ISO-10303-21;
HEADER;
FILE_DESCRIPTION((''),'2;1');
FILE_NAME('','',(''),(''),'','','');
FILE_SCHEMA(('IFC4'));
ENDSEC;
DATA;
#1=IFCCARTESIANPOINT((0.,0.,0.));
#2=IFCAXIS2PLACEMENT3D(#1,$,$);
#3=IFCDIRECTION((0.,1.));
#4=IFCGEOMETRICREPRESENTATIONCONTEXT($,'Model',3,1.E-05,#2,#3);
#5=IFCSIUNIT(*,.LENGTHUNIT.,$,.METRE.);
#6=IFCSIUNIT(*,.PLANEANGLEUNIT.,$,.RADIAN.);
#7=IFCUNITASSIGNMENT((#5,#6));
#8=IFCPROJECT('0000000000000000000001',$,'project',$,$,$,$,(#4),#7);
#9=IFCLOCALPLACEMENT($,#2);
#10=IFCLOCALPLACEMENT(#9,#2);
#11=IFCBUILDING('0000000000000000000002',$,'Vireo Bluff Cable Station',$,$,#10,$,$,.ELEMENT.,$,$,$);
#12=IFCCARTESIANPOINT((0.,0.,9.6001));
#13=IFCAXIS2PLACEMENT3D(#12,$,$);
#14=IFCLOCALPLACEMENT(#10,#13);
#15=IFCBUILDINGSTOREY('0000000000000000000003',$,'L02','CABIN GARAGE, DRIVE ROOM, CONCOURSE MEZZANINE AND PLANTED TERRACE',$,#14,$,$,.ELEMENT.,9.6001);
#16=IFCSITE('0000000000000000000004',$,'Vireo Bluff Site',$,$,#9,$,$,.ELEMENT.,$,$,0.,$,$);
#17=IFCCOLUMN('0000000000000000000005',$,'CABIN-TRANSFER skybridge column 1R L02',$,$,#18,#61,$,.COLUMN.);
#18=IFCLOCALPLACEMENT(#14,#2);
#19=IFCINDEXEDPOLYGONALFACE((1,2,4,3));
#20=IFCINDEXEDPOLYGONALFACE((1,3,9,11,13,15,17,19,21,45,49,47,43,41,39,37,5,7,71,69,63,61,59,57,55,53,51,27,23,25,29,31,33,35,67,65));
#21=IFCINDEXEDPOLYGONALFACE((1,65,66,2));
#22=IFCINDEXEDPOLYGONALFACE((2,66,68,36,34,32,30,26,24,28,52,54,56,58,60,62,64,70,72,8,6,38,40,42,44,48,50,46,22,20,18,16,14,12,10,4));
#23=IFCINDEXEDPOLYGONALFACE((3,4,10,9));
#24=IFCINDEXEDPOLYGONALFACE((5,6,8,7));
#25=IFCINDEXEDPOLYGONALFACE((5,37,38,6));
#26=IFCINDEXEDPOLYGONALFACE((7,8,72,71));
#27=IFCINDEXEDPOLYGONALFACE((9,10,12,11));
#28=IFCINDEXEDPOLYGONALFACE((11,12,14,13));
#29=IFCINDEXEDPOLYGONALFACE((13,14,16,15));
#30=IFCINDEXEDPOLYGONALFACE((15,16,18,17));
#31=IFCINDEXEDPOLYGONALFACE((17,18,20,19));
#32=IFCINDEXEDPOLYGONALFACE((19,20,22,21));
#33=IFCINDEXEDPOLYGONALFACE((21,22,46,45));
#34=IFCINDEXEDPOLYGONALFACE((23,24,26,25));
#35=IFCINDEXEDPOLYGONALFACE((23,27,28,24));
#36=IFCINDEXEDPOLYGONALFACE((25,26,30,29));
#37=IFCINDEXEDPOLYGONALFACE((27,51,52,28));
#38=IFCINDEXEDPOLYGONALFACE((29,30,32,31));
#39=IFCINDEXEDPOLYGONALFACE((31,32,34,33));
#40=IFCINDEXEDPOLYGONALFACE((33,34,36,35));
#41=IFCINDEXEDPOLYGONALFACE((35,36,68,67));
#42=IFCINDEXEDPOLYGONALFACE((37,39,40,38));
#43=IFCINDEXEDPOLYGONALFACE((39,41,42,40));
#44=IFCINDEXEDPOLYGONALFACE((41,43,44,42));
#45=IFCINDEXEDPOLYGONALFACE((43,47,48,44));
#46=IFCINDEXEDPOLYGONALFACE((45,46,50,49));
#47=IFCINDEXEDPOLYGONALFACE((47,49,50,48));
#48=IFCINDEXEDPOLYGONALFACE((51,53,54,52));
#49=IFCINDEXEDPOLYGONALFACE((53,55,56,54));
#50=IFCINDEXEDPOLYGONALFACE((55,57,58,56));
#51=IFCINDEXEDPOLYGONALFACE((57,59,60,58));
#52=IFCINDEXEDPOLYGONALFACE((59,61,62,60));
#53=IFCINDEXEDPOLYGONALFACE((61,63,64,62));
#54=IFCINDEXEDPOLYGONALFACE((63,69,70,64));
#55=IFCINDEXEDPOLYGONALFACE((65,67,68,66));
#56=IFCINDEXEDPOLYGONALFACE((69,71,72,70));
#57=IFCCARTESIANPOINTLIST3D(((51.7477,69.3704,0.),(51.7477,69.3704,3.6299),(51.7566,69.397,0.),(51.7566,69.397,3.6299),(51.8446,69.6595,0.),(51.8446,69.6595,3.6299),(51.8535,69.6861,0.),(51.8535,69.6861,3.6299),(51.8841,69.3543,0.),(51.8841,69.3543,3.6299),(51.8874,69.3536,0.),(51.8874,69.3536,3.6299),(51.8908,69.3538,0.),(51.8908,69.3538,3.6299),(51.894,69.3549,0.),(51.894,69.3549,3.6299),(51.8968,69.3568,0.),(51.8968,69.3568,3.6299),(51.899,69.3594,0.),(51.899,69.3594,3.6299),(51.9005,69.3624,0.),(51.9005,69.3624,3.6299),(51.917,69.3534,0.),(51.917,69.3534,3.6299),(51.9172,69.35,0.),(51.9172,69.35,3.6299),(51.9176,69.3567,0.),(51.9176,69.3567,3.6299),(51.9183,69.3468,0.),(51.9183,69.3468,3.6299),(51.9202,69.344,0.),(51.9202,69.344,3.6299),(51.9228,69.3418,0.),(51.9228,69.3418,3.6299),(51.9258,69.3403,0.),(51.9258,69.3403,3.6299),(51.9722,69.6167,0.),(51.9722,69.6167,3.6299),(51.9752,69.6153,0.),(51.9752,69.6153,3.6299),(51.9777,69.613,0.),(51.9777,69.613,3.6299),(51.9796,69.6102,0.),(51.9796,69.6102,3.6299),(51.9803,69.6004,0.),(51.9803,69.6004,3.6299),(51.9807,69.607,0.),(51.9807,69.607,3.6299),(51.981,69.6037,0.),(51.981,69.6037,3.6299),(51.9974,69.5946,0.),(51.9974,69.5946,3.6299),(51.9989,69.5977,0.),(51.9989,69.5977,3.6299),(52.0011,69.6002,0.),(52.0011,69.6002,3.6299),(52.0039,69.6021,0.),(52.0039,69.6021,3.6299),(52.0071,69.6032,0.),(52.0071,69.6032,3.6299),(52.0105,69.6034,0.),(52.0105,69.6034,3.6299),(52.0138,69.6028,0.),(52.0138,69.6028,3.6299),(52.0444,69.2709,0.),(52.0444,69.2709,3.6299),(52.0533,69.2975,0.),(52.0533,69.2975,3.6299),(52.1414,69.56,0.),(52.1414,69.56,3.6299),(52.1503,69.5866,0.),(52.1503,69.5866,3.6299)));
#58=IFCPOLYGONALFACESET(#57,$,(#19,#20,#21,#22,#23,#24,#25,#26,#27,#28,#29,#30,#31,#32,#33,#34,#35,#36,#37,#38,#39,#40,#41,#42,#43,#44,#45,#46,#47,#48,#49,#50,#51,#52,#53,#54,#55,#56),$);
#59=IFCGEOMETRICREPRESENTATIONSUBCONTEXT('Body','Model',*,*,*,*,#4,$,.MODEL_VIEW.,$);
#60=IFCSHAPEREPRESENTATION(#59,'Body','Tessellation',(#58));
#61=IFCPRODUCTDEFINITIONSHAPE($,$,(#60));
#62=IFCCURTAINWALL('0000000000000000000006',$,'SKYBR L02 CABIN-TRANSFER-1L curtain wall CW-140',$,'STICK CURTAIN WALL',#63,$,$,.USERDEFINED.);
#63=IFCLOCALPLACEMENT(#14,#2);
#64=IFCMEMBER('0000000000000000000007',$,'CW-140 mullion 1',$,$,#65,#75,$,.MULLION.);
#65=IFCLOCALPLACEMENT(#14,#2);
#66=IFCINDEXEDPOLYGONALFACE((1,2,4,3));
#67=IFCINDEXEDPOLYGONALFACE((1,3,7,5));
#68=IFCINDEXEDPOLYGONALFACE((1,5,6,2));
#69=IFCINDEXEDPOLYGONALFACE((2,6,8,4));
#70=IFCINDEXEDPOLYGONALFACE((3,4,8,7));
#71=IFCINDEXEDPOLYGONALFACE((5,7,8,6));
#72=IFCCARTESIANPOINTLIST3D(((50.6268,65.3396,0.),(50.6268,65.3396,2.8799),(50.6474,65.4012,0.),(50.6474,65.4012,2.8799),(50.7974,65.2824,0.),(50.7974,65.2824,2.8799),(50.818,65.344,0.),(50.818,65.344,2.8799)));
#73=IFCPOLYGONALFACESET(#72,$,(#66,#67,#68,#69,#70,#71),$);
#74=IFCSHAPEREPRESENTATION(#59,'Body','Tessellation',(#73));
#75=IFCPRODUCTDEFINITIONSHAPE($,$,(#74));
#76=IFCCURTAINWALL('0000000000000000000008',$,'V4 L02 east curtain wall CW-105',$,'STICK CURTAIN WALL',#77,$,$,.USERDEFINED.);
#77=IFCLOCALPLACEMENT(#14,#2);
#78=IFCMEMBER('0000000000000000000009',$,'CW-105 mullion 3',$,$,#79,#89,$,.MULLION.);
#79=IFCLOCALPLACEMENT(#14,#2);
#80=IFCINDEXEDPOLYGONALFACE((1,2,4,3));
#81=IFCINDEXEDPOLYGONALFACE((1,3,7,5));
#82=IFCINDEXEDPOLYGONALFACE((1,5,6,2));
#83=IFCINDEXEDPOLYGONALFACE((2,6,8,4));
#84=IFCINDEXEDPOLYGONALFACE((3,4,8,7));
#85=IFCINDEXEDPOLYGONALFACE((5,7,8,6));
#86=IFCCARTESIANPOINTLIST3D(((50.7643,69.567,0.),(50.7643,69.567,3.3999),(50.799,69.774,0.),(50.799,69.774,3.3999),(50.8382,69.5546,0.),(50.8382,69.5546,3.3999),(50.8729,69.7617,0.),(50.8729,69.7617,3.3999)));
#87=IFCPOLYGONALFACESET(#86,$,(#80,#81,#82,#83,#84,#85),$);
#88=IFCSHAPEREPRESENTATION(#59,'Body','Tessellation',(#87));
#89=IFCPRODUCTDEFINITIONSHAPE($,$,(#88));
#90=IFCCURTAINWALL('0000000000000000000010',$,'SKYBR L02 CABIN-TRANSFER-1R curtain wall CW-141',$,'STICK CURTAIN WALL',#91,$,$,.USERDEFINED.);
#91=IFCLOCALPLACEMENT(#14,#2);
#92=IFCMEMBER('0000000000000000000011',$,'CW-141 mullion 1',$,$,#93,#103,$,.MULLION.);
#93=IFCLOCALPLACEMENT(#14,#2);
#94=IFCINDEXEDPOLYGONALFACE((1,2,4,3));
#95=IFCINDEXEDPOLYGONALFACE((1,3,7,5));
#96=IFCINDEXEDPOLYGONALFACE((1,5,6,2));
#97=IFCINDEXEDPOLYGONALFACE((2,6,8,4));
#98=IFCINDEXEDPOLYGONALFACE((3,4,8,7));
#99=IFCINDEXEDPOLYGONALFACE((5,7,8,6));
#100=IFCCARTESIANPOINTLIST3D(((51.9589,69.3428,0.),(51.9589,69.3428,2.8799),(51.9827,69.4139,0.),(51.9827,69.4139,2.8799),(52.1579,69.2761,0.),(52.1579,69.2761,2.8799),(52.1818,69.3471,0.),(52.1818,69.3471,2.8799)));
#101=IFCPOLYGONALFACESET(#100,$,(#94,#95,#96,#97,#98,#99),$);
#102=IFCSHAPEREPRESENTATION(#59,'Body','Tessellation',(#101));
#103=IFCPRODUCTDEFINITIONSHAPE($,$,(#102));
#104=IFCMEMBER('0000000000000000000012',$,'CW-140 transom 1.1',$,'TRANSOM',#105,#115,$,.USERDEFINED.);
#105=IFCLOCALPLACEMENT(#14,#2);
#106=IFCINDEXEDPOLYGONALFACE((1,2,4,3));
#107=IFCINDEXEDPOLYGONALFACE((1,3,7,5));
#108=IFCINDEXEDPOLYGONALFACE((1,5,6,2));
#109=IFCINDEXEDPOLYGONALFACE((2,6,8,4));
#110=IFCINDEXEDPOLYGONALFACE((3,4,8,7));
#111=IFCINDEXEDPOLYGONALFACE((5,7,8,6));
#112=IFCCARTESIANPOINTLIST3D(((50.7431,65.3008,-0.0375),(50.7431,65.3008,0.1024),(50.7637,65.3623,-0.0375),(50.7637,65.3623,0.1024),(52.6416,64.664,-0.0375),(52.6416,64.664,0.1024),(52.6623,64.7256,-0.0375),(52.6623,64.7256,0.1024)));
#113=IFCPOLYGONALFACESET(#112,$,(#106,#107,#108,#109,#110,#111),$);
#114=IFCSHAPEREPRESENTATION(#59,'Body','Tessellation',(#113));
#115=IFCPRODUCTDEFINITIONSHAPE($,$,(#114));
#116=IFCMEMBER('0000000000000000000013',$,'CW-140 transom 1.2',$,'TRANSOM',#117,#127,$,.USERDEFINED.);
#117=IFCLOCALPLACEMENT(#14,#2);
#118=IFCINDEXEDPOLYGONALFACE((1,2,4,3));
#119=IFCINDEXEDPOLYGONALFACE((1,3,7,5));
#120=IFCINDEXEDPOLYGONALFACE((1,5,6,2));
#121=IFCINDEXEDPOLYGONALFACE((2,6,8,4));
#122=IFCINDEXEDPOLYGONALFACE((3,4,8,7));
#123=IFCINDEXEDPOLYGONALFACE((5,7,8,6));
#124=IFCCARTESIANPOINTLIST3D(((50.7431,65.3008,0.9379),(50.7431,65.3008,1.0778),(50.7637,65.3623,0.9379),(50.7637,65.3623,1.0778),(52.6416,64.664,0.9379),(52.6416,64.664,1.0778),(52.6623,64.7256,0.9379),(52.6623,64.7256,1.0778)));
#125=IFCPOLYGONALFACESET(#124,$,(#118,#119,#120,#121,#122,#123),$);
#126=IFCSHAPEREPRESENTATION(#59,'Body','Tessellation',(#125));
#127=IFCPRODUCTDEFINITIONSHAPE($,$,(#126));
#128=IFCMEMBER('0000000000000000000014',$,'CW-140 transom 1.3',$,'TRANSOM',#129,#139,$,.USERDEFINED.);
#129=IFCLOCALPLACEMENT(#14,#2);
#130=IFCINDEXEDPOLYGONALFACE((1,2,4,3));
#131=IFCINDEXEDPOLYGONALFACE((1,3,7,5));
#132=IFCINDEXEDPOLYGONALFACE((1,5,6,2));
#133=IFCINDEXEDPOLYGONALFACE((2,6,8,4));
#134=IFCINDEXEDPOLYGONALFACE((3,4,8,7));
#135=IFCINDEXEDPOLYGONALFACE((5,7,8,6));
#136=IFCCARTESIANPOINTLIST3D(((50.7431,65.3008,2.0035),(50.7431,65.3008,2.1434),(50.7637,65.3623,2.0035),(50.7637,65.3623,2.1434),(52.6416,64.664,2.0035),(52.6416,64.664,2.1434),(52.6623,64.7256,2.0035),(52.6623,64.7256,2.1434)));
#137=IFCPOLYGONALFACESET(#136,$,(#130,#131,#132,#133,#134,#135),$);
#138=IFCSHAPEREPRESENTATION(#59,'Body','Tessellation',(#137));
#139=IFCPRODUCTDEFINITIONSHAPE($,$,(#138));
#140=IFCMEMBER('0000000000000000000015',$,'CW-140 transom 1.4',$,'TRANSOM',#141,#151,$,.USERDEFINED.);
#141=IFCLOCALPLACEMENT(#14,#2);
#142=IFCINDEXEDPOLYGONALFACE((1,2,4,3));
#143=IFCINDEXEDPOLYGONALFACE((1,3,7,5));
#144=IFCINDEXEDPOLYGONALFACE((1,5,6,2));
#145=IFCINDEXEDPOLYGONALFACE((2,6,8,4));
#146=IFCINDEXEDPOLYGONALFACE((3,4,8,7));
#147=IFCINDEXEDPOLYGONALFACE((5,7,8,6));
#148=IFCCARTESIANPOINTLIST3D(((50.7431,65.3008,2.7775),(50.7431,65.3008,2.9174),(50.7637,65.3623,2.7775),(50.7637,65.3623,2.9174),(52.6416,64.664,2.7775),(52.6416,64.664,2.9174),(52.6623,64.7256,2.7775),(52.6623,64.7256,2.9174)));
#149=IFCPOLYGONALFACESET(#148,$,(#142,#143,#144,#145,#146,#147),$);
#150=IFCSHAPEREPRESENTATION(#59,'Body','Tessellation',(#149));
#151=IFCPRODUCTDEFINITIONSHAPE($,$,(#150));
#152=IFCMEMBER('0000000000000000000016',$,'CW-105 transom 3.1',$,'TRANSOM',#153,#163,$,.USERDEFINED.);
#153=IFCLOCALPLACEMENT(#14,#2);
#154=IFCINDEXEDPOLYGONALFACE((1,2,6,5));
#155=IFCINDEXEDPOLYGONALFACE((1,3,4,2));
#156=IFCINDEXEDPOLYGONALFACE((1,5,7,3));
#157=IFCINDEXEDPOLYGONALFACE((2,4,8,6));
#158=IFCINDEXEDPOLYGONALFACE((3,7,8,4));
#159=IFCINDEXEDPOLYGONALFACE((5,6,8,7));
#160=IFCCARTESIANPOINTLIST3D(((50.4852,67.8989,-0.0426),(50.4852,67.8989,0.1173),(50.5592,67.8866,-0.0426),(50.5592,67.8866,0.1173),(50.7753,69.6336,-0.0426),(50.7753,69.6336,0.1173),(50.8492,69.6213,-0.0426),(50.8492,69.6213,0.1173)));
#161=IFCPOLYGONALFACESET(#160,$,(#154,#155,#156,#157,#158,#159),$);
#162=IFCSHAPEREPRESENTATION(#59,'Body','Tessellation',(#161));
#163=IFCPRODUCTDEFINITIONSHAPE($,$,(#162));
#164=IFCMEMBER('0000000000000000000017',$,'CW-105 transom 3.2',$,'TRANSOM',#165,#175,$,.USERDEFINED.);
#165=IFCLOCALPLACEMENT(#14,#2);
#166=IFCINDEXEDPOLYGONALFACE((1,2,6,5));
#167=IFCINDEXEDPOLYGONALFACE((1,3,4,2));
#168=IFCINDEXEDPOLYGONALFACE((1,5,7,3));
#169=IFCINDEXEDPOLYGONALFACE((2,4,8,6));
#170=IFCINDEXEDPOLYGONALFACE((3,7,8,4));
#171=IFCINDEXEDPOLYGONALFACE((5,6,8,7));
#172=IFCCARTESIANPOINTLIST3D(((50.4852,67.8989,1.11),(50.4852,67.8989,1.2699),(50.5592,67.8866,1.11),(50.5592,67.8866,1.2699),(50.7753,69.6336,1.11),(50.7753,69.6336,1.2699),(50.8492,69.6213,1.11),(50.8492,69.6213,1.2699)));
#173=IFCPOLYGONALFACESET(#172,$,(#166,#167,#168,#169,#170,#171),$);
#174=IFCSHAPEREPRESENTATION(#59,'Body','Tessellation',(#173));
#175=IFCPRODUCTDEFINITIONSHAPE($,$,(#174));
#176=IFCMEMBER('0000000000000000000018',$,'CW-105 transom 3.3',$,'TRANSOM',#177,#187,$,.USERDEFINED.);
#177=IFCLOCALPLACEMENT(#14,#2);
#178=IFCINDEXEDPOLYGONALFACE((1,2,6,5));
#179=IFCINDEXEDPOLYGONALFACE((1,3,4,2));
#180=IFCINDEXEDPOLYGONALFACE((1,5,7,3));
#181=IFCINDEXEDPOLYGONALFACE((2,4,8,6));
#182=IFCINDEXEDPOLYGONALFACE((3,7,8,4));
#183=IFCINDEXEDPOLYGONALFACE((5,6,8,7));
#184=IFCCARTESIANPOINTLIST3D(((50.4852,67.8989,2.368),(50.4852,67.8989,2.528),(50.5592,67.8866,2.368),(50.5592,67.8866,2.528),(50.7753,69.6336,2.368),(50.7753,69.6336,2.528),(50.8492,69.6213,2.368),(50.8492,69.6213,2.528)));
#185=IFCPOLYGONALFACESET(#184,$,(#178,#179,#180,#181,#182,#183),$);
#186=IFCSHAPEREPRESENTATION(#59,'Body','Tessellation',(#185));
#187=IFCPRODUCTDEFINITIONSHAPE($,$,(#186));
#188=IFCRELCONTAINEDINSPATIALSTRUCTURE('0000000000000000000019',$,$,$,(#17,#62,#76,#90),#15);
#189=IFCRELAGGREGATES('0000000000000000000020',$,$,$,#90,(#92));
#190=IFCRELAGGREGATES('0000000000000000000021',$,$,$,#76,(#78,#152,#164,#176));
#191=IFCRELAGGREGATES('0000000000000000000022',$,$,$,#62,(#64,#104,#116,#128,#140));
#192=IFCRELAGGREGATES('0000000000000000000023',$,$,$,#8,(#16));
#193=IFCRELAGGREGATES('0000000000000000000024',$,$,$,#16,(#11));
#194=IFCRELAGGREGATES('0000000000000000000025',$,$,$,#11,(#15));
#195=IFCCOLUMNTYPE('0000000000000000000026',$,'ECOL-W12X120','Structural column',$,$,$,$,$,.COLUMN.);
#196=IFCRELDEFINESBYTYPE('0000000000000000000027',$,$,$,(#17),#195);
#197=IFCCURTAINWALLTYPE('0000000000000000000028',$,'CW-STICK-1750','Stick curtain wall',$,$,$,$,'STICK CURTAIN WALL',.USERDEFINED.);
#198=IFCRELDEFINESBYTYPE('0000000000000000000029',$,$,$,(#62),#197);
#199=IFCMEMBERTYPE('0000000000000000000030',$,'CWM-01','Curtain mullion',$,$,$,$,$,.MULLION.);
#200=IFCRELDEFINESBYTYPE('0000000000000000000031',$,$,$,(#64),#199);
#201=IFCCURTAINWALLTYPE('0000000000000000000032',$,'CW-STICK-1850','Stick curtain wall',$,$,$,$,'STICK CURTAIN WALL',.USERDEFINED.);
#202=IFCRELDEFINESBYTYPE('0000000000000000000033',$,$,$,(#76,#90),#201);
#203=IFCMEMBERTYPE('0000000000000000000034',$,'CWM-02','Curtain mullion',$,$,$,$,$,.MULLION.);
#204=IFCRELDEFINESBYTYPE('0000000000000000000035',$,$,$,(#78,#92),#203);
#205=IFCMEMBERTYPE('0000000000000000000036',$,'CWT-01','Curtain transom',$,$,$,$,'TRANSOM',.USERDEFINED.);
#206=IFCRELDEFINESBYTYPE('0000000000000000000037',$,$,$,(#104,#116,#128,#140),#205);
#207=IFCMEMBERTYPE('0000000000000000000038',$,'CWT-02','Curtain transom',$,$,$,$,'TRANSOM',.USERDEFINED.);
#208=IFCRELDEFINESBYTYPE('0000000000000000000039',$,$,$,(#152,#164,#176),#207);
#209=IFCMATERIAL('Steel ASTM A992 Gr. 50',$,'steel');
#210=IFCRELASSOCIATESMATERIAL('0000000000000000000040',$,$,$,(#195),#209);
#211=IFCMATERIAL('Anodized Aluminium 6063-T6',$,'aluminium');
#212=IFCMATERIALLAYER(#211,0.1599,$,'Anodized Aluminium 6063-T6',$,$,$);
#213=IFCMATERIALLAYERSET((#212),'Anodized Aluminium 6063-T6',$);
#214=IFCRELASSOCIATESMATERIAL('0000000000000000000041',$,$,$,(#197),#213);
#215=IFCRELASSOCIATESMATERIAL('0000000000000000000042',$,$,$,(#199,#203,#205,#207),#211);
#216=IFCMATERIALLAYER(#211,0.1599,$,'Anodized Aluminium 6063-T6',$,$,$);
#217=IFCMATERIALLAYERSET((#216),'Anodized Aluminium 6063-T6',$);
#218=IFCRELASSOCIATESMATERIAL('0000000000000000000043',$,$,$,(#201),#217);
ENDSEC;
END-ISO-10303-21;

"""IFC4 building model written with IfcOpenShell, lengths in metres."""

from ifc_helpers import new_model, si_unit, direction, frame, origin, origin_2d, place, context, subcontext, project, spatial, rectangle, i_section, extrude, material, layer, layer_set, material_profile, profile_set, type_object, element, aggregate, save


model = new_model("IFC4")

# Units and contexts
model_context = context("Model", 3, precision=1e-05, world=origin(), true_north=direction((0.0, 1.0)))
body_context = subcontext(model_context, "Body", "Model", "MODEL_VIEW")
ifc_project = project(units=[si_unit("LENGTHUNIT", "METRE"), si_unit("PLANEANGLEUNIT", "RADIAN")], contexts=[model_context])

# Site, building, storey
site_placement = place(None, origin())
site = spatial("IfcSite", under=ifc_project, at=site_placement, Name="Vireo Bluff Site", CompositionType="ELEMENT", RefElevation=0.0)
building_placement = place(site_placement, origin())
building = spatial("IfcBuilding", under=site, at=building_placement, Name="Vireo Bluff Cable Station", CompositionType="ELEMENT")
storey_placement = place(building_placement, frame((0.0, 0.0, 9.6001)))
storey = spatial("IfcBuildingStorey", under=building, at=storey_placement, Name="L02", Description="CABIN GARAGE, DRIVE ROOM, CONCOURSE MEZZANINE AND PLANTED TERRACE", CompositionType="ELEMENT", Elevation=9.6001)

# Column
ifc_material_1 = material(Name="Steel ASTM A992 Gr. 50", Category="steel")
ifc_material_profile_1 = material_profile(ifc_material_1, i_section(OverallWidth=0.313, OverallDepth=0.333, WebThickness=0.0181, FlangeThickness=0.0281, FilletRadius=0.0129, at=origin_2d()), Name="W12X120")
ifc_profile_set_1 = profile_set([ifc_material_profile_1], Name="Steel ASTM A992 Gr. 50")
column_type = type_object("IfcColumnType", Name="ECOL-W12X120", Description="Structural column", PredefinedType="COLUMN", material=ifc_profile_set_1)
column_placement = place(storey_placement, frame((51.949, 69.4785, 0.0), z_axis=(0.0, 0.0, 1.0), x_axis=(0.948105, -0.317958, 0.0)))
element("IfcColumn", 1, at=column_placement, inside=storey, type_object=column_type, Name="CABIN-TRANSFER skybridge column 1R L02", PredefinedType="COLUMN", context=body_context, shape_type="SweptSolid", body=[
    extrude(i_section(OverallWidth=0.313, OverallDepth=0.333, WebThickness=0.0181, FlangeThickness=0.0281, FilletRadius=0.0129, at=origin_2d()), origin(), (0.0, 0.0, 1.0), 3.6299),
])

# Curtain walls, members
ifc_material_2 = material(Name="Anodized Aluminium 6063-T6", Category="aluminium")
ifc_layer_1 = layer(ifc_material_2, 0.1599, Name="Anodized Aluminium 6063-T6")
ifc_layer_set_1 = layer_set([ifc_layer_1], Name="Anodized Aluminium 6063-T6")
curtain_wall_type_1 = type_object("IfcCurtainWallType", Name="CW-STICK-1750", Description="Stick curtain wall", ElementType="STICK CURTAIN WALL", PredefinedType="USERDEFINED", material=ifc_layer_set_1)
curtain_wall_1_placement = place(storey_placement, origin())
curtain_wall_1 = element("IfcCurtainWall", 2, at=curtain_wall_1_placement, inside=storey, type_object=curtain_wall_type_1, Name="SKYBR L02 CABIN-TRANSFER-1L curtain wall CW-140", ObjectType="STICK CURTAIN WALL", PredefinedType="USERDEFINED")
ifc_material_profile_2 = material_profile(ifc_material_2, rectangle(XDim=0.0649, YDim=0.1799, at=origin_2d()), Name="ALU-M-65X180")
ifc_profile_set_2 = profile_set([ifc_material_profile_2], Name="Anodized Aluminium 6063-T6")
member_type_1 = type_object("IfcMemberType", Name="CWM-01", Description="Curtain mullion", PredefinedType="MULLION", material=ifc_profile_set_2)
member_1_placement = place(storey_placement, frame((50.7224, 65.3418, 0.0), z_axis=(0.0, 0.0, 1.0), x_axis=(0.317927, 0.948115, 0.0)))
member_1 = element("IfcMember", 3, at=member_1_placement, type_object=member_type_1, Name="CW-140 mullion 1", PredefinedType="MULLION", context=body_context, shape_type="SweptSolid", body=[
    extrude(rectangle(XDim=0.0649, YDim=0.1799, at=origin_2d()), origin(), (0.0, 0.0, 1.0), 2.8799),
])
ifc_layer_2 = layer(ifc_material_2, 0.1599, Name="Anodized Aluminium 6063-T6")
ifc_layer_set_2 = layer_set([ifc_layer_2], Name="Anodized Aluminium 6063-T6")
curtain_wall_type_2 = type_object("IfcCurtainWallType", Name="CW-STICK-1850", Description="Stick curtain wall", ElementType="STICK CURTAIN WALL", PredefinedType="USERDEFINED", material=ifc_layer_set_2)
curtain_wall_2_placement = place(storey_placement, origin())
curtain_wall_2 = element("IfcCurtainWall", 4, at=curtain_wall_2_placement, inside=storey, type_object=curtain_wall_type_2, Name="V4 L02 east curtain wall CW-105", ObjectType="STICK CURTAIN WALL", PredefinedType="USERDEFINED")
ifc_material_profile_3 = material_profile(ifc_material_2, rectangle(XDim=0.075, YDim=0.21, at=origin_2d()), Name="ALU-M-75X210")
ifc_profile_set_3 = profile_set([ifc_material_profile_3], Name="Anodized Aluminium 6063-T6")
member_type_2 = type_object("IfcMemberType", Name="CWM-02", Description="Curtain mullion", PredefinedType="MULLION", material=ifc_profile_set_3)
member_2_placement = place(storey_placement, frame((50.8186, 69.6643, 0.0), z_axis=(0.0, 0.0, 1.0), x_axis=(0.986286, -0.165048, 0.0)))
member_2 = element("IfcMember", 5, at=member_2_placement, type_object=member_type_2, Name="CW-105 mullion 3", PredefinedType="MULLION", context=body_context, shape_type="SweptSolid", body=[
    extrude(rectangle(XDim=0.075, YDim=0.21, at=origin_2d()), origin(), (0.0, 0.0, 1.0), 3.3999),
])
curtain_wall_3_placement = place(storey_placement, origin())
curtain_wall_3 = element("IfcCurtainWall", 6, at=curtain_wall_3_placement, inside=storey, type_object=curtain_wall_type_2, Name="SKYBR L02 CABIN-TRANSFER-1R curtain wall CW-141", ObjectType="STICK CURTAIN WALL", PredefinedType="USERDEFINED")
member_3_placement = place(storey_placement, frame((52.0703, 69.345, 0.0), z_axis=(0.0, 0.0, 1.0), x_axis=(0.317927, 0.948115, 0.0)))
member_3 = element("IfcMember", 7, at=member_3_placement, type_object=member_type_2, Name="CW-141 mullion 1", PredefinedType="MULLION", context=body_context, shape_type="SweptSolid", body=[
    extrude(rectangle(XDim=0.075, YDim=0.21, at=origin_2d()), origin(), (0.0, 0.0, 1.0), 2.8799),
])

# Members
ifc_material_profile_4 = material_profile(ifc_material_2, rectangle(XDim=0.0649, YDim=0.1399, at=origin_2d()), Name="ALU-T-65X140")
ifc_profile_set_4 = profile_set([ifc_material_profile_4], Name="Anodized Aluminium 6063-T6")
member_type_3 = type_object("IfcMemberType", Name="CWT-01", Description="Curtain transom", ElementType="TRANSOM", PredefinedType="USERDEFINED", material=ifc_profile_set_4)
member_4_placement = place(storey_placement, frame((50.7534, 65.3315, 0.0325), z_axis=(0.948096, -0.317983, 0.0), x_axis=(0.317983, 0.948096, 0.0)))
member_4 = element("IfcMember", 8, at=member_4_placement, type_object=member_type_3, Name="CW-140 transom 1.1", ObjectType="TRANSOM", PredefinedType="USERDEFINED", context=body_context, shape_type="SweptSolid", body=[
    extrude(rectangle(XDim=0.0649, YDim=0.1399, at=origin_2d()), origin(), (0.0, 0.0, 1.0), 2.0024),
])
member_5_placement = place(storey_placement, frame((50.7534, 65.3315, 1.0078), z_axis=(0.948096, -0.317983, 0.0), x_axis=(0.317983, 0.948096, 0.0)))
member_5 = element("IfcMember", 9, at=member_5_placement, type_object=member_type_3, Name="CW-140 transom 1.2", ObjectType="TRANSOM", PredefinedType="USERDEFINED", context=body_context, shape_type="SweptSolid", body=[
    extrude(rectangle(XDim=0.0649, YDim=0.1399, at=origin_2d()), origin(), (0.0, 0.0, 1.0), 2.0024),
])
member_6_placement = place(storey_placement, frame((50.7534, 65.3315, 2.0735), z_axis=(0.948096, -0.317983, 0.0), x_axis=(0.317983, 0.948096, 0.0)))
member_6 = element("IfcMember", 10, at=member_6_placement, type_object=member_type_3, Name="CW-140 transom 1.3", ObjectType="TRANSOM", PredefinedType="USERDEFINED", context=body_context, shape_type="SweptSolid", body=[
    extrude(rectangle(XDim=0.0649, YDim=0.1399, at=origin_2d()), origin(), (0.0, 0.0, 1.0), 2.0024),
])
member_7_placement = place(storey_placement, frame((50.7534, 65.3315, 2.8474), z_axis=(0.948096, -0.317983, 0.0), x_axis=(0.317983, 0.948096, 0.0)))
member_7 = element("IfcMember", 11, at=member_7_placement, type_object=member_type_3, Name="CW-140 transom 1.4", ObjectType="TRANSOM", PredefinedType="USERDEFINED", context=body_context, shape_type="SweptSolid", body=[
    extrude(rectangle(XDim=0.0649, YDim=0.1399, at=origin_2d()), origin(), (0.0, 0.0, 1.0), 2.0024),
])
ifc_material_profile_5 = material_profile(ifc_material_2, rectangle(XDim=0.075, YDim=0.1599, at=origin_2d()), Name="ALU-T-75X160")
ifc_profile_set_5 = profile_set([ifc_material_profile_5], Name="Anodized Aluminium 6063-T6")
member_type_4 = type_object("IfcMemberType", Name="CWT-02", Description="Curtain transom", ElementType="TRANSOM", PredefinedType="USERDEFINED", material=ifc_profile_set_5)
member_8_placement = place(storey_placement, frame((50.8123, 69.6274, 0.0374), z_axis=(-0.164917, -0.986307, 0.0), x_axis=(0.986307, -0.164917, 0.0)))
member_8 = element("IfcMember", 12, at=member_8_placement, type_object=member_type_4, Name="CW-105 transom 3.1", ObjectType="TRANSOM", PredefinedType="USERDEFINED", context=body_context, shape_type="SweptSolid", body=[
    extrude(rectangle(XDim=0.075, YDim=0.1599, at=origin_2d()), origin(), (0.0, 0.0, 1.0), 1.7588),
])
member_9_placement = place(storey_placement, frame((50.8123, 69.6274, 1.1899), z_axis=(-0.164917, -0.986307, 0.0), x_axis=(0.986307, -0.164917, 0.0)))
member_9 = element("IfcMember", 13, at=member_9_placement, type_object=member_type_4, Name="CW-105 transom 3.2", ObjectType="TRANSOM", PredefinedType="USERDEFINED", context=body_context, shape_type="SweptSolid", body=[
    extrude(rectangle(XDim=0.075, YDim=0.1599, at=origin_2d()), origin(), (0.0, 0.0, 1.0), 1.7588),
])
member_10_placement = place(storey_placement, frame((50.8123, 69.6274, 2.448), z_axis=(-0.164917, -0.986307, 0.0), x_axis=(0.986307, -0.164917, 0.0)))
member_10 = element("IfcMember", 14, at=member_10_placement, type_object=member_type_4, Name="CW-105 transom 3.3", ObjectType="TRANSOM", PredefinedType="USERDEFINED", context=body_context, shape_type="SweptSolid", body=[
    extrude(rectangle(XDim=0.075, YDim=0.1599, at=origin_2d()), origin(), (0.0, 0.0, 1.0), 1.7588),
])
aggregate(curtain_wall_3, [member_3])

aggregate(curtain_wall_2, [member_2, member_8, member_9, member_10])
aggregate(curtain_wall_1, [member_1, member_4, member_5, member_6, member_7])

save(model, "model.ifc")
